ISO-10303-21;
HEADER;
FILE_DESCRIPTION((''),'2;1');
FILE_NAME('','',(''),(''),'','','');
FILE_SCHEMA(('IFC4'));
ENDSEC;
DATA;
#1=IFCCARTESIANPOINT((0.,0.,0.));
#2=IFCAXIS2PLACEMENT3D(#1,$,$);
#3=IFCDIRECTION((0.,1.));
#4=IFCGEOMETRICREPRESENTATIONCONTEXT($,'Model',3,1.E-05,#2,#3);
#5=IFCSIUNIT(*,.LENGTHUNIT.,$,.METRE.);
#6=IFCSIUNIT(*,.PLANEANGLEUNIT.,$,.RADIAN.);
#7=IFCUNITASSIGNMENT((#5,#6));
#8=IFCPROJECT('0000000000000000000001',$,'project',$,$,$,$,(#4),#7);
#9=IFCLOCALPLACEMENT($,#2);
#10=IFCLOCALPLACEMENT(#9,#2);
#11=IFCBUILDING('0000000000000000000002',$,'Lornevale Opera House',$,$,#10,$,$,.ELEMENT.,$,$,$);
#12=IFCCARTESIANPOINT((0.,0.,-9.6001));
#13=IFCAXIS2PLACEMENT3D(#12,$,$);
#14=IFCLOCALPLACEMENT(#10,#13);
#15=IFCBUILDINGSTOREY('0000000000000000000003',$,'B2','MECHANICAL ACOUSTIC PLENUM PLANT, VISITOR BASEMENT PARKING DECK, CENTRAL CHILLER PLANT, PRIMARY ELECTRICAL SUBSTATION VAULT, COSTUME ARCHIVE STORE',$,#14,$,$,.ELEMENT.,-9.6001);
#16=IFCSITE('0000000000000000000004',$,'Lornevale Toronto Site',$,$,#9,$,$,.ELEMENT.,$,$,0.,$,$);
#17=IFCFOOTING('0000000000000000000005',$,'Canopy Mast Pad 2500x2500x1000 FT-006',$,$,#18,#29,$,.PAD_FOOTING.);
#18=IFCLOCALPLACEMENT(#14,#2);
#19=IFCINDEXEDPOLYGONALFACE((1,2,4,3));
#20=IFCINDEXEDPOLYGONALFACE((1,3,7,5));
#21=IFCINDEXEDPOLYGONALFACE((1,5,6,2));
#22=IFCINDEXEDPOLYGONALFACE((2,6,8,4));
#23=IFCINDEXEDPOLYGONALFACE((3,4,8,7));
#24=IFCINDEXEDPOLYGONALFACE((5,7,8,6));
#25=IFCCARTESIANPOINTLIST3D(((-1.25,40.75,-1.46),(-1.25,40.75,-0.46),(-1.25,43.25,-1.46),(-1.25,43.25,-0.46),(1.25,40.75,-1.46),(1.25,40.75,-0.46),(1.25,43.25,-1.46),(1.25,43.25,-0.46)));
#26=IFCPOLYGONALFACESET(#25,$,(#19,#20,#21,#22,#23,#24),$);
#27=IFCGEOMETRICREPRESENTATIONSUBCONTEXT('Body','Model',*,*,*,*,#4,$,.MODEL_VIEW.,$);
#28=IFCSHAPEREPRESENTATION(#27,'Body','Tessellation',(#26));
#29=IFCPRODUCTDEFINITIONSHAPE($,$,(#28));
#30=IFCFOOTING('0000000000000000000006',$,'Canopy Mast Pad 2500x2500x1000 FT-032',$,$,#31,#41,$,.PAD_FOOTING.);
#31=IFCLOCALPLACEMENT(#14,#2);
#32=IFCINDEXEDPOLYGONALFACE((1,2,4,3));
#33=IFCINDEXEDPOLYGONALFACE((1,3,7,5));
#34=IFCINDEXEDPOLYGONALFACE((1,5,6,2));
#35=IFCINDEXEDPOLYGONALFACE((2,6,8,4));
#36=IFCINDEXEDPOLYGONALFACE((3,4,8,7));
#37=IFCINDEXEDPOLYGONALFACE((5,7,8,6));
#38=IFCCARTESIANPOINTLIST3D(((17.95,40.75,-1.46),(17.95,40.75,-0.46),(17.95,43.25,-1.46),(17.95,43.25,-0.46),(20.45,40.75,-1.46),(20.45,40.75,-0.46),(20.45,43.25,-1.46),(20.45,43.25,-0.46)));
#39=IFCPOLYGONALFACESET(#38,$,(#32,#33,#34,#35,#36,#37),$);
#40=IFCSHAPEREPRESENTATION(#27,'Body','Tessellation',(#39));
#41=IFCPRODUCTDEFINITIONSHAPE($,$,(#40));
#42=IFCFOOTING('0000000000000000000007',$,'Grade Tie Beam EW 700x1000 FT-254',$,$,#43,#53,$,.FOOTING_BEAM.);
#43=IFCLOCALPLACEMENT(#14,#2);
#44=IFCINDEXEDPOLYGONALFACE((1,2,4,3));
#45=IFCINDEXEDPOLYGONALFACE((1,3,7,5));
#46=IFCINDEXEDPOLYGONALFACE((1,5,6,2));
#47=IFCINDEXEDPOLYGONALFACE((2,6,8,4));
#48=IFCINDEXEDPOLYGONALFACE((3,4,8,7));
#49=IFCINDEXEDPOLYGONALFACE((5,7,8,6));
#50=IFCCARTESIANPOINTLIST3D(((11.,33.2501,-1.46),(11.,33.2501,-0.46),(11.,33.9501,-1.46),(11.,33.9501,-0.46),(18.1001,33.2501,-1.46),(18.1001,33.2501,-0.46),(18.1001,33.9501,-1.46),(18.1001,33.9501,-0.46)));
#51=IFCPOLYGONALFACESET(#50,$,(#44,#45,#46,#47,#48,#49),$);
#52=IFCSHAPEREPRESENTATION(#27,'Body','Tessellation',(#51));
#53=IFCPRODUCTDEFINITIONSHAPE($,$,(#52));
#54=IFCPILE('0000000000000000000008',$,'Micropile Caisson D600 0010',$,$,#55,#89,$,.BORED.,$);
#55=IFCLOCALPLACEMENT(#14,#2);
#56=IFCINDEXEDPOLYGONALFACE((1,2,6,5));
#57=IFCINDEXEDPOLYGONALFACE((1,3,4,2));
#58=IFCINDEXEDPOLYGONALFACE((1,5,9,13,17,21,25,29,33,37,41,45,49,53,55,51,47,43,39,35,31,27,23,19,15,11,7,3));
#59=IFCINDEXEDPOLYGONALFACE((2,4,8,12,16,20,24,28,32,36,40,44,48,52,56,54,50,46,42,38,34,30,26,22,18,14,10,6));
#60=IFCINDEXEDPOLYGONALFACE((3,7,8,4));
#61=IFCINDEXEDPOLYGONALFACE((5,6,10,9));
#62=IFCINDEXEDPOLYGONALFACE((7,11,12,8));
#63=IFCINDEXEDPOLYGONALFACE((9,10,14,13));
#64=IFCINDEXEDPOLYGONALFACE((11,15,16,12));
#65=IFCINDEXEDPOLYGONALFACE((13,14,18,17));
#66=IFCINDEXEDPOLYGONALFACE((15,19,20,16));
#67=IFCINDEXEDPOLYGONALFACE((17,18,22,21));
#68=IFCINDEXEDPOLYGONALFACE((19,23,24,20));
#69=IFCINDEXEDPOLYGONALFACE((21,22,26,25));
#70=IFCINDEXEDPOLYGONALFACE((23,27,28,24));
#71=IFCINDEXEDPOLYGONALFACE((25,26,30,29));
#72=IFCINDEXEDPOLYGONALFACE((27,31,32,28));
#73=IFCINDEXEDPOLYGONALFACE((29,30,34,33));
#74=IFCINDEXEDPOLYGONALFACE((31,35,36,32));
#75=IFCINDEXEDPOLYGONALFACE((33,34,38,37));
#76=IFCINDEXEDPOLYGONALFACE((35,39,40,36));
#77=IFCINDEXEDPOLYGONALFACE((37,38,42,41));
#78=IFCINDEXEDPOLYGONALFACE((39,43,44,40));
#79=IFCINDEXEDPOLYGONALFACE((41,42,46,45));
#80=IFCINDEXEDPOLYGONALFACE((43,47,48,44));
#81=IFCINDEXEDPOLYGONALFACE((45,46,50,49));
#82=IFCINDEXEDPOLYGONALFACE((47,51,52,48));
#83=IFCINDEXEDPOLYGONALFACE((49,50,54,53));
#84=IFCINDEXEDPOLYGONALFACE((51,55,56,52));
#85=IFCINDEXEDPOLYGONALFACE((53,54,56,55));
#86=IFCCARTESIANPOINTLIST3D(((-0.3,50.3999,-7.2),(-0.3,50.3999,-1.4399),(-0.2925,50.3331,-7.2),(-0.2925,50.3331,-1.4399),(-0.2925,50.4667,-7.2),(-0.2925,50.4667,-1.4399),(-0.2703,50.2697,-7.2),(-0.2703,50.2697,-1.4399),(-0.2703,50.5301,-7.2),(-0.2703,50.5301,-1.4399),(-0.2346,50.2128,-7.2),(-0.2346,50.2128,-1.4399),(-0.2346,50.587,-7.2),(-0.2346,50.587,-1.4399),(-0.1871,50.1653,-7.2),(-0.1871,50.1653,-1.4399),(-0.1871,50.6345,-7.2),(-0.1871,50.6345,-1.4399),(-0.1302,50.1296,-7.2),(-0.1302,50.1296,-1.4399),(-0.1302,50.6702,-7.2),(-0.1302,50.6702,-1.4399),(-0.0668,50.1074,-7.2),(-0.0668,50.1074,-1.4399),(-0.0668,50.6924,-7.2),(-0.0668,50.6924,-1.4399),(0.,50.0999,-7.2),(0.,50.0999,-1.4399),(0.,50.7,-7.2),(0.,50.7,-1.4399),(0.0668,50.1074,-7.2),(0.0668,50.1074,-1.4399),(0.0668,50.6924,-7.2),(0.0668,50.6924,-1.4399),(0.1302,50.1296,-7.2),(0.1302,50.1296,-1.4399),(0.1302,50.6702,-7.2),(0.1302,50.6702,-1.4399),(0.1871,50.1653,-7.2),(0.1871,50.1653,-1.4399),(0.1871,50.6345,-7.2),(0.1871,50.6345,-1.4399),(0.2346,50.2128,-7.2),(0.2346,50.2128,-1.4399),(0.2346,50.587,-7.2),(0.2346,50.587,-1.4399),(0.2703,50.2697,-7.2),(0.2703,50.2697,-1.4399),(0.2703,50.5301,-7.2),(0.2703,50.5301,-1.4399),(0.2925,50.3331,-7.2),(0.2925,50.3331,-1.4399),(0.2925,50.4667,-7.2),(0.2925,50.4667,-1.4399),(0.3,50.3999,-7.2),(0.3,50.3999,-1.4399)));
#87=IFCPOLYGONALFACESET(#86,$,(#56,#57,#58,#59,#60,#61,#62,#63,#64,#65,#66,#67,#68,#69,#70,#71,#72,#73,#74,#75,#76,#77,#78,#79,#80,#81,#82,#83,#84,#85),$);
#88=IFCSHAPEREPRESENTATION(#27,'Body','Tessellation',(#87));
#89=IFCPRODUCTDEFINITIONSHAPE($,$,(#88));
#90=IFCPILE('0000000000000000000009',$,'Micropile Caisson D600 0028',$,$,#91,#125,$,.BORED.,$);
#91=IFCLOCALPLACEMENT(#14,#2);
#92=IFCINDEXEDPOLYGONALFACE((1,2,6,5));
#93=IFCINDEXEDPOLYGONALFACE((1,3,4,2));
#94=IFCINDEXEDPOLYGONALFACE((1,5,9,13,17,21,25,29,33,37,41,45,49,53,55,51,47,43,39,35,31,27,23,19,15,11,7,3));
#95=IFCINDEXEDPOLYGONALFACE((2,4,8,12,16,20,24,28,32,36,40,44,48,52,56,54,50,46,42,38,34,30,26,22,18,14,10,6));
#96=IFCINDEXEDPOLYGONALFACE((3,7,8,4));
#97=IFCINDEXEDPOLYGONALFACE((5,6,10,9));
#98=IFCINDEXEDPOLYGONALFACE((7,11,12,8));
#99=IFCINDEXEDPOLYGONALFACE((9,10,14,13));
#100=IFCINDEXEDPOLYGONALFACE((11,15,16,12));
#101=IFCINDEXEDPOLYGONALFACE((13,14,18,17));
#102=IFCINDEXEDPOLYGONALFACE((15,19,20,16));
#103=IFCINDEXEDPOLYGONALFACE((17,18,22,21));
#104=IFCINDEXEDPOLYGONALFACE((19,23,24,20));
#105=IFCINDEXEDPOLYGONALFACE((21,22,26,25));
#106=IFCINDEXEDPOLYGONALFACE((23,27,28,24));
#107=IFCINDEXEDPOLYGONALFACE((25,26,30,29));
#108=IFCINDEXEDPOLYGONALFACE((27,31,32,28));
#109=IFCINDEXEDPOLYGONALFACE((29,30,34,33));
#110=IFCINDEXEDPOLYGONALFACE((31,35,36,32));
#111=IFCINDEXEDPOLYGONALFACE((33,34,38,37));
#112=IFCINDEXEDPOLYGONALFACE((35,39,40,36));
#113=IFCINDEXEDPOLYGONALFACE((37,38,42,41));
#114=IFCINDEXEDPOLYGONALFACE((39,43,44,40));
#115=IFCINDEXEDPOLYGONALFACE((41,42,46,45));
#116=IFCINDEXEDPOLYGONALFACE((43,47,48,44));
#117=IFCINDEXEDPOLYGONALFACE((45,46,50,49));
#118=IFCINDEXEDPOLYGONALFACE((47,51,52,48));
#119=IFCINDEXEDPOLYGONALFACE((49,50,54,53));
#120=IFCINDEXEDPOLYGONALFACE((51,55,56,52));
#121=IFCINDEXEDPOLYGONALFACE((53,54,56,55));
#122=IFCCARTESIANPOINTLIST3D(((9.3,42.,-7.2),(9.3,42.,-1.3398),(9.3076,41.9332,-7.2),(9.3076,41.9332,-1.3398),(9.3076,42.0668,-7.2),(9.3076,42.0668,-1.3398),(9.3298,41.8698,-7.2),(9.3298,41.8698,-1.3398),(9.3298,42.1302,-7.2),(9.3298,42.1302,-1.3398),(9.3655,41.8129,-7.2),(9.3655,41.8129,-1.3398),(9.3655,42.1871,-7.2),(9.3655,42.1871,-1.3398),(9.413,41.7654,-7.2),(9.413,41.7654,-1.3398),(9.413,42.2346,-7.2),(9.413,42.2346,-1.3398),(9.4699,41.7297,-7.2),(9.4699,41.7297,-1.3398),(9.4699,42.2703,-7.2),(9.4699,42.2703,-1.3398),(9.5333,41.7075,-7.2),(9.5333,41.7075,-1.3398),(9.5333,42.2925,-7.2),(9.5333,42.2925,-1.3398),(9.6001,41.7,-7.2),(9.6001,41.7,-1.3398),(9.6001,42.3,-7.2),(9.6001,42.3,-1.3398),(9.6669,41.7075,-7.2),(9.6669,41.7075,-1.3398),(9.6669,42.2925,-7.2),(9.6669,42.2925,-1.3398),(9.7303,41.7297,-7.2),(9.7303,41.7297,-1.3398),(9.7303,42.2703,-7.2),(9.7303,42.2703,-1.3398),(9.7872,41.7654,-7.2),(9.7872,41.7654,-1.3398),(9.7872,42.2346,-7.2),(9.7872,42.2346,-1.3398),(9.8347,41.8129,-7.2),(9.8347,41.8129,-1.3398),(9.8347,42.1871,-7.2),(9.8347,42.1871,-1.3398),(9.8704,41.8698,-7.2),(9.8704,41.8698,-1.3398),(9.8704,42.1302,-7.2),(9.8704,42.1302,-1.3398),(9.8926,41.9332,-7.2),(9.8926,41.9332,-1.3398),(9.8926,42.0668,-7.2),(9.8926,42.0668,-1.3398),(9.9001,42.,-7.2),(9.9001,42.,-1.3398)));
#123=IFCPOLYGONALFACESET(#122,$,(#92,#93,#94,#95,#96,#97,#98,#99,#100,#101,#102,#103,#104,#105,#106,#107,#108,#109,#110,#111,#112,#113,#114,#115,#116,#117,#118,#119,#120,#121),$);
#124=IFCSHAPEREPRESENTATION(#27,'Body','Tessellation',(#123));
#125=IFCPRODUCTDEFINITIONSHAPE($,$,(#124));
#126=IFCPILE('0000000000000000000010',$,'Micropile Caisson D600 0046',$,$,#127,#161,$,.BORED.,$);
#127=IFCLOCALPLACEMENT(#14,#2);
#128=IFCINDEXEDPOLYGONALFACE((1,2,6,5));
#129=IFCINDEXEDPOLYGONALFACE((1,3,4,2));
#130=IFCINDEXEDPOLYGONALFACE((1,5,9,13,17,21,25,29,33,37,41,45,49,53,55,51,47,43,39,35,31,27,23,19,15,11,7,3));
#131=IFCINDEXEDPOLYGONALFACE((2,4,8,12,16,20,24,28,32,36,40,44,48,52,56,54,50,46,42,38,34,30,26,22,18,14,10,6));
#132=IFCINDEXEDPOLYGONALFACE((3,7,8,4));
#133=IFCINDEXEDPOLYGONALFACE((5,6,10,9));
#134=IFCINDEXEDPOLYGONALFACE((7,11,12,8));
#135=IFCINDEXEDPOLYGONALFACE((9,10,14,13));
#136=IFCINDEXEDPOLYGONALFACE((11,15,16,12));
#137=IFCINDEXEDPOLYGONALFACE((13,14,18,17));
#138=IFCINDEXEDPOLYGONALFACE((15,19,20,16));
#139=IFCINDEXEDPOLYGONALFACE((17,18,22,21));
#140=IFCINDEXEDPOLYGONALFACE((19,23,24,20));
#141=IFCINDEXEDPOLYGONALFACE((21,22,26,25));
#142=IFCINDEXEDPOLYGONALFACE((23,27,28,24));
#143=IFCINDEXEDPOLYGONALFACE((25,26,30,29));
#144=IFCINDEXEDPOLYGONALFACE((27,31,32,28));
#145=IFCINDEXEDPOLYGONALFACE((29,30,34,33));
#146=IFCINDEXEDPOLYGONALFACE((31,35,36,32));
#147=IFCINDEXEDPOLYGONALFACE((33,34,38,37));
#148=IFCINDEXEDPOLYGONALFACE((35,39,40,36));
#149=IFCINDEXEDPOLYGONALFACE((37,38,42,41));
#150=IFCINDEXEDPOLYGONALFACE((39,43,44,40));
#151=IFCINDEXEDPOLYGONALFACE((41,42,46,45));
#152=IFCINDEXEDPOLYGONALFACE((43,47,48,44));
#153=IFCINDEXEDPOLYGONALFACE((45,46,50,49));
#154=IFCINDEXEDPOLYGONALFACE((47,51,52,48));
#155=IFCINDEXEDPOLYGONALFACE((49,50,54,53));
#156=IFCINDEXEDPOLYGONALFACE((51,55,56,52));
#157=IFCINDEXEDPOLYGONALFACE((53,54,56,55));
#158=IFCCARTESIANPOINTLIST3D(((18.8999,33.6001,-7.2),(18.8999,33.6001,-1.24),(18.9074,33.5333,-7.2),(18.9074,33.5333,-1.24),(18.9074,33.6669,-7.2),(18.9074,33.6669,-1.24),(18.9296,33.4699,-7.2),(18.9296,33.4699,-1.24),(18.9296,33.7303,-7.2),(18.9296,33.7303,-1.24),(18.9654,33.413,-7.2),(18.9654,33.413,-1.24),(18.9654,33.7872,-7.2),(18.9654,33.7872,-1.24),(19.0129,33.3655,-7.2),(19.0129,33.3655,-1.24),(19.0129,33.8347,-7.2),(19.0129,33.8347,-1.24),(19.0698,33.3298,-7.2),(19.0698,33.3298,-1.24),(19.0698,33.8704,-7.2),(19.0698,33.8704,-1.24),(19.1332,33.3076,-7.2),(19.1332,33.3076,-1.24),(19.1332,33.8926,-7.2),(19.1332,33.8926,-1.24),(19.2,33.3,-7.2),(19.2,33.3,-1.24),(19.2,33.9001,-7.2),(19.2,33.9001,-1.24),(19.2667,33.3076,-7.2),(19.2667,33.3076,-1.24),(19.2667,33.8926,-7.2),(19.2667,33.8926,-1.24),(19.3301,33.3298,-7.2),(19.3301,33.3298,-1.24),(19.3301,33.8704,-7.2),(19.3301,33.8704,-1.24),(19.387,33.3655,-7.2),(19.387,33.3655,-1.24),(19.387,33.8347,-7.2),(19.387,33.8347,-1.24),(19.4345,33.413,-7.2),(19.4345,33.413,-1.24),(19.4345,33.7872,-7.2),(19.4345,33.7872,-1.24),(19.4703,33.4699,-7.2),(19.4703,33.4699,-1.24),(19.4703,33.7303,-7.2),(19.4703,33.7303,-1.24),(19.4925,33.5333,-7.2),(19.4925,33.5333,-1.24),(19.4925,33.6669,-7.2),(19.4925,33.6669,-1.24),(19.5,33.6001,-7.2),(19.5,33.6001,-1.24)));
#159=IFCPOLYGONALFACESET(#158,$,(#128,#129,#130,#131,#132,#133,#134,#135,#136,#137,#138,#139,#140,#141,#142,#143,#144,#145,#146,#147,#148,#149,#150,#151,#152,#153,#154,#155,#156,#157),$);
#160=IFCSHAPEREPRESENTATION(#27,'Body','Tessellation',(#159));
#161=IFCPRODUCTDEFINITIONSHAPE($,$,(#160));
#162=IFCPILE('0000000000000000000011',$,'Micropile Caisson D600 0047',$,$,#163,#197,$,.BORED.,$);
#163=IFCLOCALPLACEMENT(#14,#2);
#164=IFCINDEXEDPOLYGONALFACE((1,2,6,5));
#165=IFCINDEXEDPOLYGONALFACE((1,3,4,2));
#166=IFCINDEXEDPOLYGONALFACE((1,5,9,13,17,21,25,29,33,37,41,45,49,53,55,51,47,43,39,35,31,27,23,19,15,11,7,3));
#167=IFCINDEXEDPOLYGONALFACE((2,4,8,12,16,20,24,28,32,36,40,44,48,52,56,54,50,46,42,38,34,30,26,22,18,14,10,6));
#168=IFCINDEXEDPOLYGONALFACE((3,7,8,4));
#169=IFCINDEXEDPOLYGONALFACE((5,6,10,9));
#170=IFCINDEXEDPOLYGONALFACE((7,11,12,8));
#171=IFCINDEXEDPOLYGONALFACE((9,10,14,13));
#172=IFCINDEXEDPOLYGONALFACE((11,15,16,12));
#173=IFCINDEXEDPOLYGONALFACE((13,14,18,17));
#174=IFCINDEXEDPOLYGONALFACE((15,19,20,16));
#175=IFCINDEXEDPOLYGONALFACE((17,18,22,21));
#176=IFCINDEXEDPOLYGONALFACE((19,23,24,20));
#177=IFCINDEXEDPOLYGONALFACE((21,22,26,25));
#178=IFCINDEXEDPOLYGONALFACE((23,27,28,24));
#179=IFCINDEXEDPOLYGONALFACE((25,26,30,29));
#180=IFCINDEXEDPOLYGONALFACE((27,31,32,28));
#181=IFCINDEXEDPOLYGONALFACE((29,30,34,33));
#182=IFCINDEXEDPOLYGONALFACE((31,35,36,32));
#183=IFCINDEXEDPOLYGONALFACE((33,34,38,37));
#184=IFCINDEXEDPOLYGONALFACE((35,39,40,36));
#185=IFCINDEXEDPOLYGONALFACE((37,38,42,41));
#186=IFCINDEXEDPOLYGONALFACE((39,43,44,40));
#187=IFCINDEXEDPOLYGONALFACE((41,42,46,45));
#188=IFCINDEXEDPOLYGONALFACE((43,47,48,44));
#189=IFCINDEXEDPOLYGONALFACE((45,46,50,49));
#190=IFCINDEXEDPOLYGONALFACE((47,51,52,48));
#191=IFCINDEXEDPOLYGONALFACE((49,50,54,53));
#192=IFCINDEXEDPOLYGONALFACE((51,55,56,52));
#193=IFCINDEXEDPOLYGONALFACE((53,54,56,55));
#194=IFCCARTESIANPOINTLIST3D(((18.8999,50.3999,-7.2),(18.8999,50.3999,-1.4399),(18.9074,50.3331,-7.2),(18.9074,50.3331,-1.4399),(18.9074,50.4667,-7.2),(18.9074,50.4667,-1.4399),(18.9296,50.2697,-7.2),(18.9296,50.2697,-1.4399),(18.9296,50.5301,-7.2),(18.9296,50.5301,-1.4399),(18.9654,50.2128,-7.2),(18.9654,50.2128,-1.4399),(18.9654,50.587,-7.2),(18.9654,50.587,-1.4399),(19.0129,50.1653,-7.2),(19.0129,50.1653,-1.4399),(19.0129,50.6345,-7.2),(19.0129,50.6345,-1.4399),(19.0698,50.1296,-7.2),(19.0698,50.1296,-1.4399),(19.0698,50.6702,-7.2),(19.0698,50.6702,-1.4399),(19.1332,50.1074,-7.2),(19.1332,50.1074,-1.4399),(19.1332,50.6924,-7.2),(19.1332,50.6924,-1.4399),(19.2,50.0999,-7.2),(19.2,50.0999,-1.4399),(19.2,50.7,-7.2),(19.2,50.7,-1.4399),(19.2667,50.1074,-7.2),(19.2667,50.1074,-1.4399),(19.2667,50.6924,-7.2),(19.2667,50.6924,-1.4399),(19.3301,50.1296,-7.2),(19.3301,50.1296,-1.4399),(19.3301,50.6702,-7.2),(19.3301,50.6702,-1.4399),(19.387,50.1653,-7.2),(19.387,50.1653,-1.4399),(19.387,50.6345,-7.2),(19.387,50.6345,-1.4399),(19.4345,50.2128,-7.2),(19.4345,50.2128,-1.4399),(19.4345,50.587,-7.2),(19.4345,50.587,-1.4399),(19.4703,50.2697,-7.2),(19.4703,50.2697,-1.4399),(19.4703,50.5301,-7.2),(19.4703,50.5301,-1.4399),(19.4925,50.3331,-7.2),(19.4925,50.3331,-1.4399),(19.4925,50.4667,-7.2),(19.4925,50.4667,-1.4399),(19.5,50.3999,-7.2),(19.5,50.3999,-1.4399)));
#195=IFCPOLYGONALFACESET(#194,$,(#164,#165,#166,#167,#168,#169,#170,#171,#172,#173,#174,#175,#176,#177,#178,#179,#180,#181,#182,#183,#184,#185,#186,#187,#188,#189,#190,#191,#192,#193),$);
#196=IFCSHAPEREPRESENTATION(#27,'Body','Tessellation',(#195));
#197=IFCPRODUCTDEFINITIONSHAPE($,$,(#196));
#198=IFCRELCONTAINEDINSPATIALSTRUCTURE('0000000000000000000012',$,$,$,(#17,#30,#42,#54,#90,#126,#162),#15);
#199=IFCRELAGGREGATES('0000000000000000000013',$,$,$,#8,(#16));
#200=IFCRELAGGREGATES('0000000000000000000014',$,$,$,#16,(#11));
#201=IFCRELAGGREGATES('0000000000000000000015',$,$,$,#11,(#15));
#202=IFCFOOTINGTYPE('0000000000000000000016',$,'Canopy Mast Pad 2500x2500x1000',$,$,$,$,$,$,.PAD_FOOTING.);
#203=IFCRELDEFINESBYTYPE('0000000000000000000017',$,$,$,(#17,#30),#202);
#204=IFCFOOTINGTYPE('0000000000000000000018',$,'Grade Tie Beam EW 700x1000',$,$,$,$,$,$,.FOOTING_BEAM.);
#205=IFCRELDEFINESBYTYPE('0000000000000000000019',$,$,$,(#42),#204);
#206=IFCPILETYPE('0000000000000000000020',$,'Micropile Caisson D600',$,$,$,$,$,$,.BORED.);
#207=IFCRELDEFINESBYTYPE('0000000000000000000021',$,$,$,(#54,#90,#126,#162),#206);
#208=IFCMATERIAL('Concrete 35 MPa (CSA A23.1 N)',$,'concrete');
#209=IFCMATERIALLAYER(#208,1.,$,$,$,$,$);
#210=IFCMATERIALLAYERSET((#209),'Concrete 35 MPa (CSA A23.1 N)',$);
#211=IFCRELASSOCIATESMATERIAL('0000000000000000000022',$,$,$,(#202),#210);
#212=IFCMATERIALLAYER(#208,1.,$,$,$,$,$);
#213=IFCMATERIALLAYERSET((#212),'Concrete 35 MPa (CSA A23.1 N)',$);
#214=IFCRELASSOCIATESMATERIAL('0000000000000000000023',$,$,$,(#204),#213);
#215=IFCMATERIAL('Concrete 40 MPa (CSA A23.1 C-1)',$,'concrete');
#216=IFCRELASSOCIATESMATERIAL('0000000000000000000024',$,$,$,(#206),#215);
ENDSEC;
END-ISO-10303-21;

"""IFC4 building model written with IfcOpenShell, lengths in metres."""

from ifc_helpers import new_model, si_unit, direction, frame, origin, origin_2d, place, context, subcontext, project, spatial, rectangle, circle, extrude, material, layer, layer_set, material_profile, profile_set, type_object, element, save


model = new_model("IFC4")

# Units and contexts
model_context = context("Model", 3, precision=1e-05, world=origin(), true_north=direction((0.0, 1.0)))
body_context = subcontext(model_context, "Body", "Model", "MODEL_VIEW")
ifc_project = project(units=[si_unit("LENGTHUNIT", "METRE"), si_unit("PLANEANGLEUNIT", "RADIAN")], contexts=[model_context])

# Site, building, storey
site_placement = place(None, origin())
site = spatial("IfcSite", under=ifc_project, at=site_placement, Name="Lornevale Toronto Site", CompositionType="ELEMENT", RefElevation=0.0)
building_placement = place(site_placement, origin())
building = spatial("IfcBuilding", under=site, at=building_placement, Name="Lornevale Opera House", CompositionType="ELEMENT")
storey_placement = place(building_placement, frame((0.0, 0.0, -9.6001)))
storey = spatial("IfcBuildingStorey", under=building, at=storey_placement, Name="B2", Description="MECHANICAL ACOUSTIC PLENUM PLANT, VISITOR BASEMENT PARKING DECK, CENTRAL CHILLER PLANT, PRIMARY ELECTRICAL SUBSTATION VAULT, COSTUME ARCHIVE STORE", CompositionType="ELEMENT", Elevation=-9.6001)

# Footings
ifc_material_1 = material(Name="Concrete 35 MPa (CSA A23.1 N)", Category="concrete")
ifc_layer_1 = layer(ifc_material_1, 1.0)
ifc_layer_set_1 = layer_set([ifc_layer_1], Name="Concrete 35 MPa (CSA A23.1 N)")
footing_type_1 = type_object("IfcFootingType", Name="Canopy Mast Pad 2500x2500x1000", PredefinedType="PAD_FOOTING", material=ifc_layer_set_1)
for number, where, z_axis, x_axis, name in (
    (1, (0.0, 42.0, -1.46), (0.0, 0.0, 1.0), (1.0, 0.0, 0.0), "Canopy Mast Pad 2500x2500x1000 FT-006"),
    (2, (19.2, 42.0, -1.46), (0.0, 0.0, 1.0), (1.0, 0.0, 0.0), "Canopy Mast Pad 2500x2500x1000 FT-032"),
):
    element("IfcFooting", number, at=place(storey_placement, frame(where, z_axis=z_axis, x_axis=x_axis)), inside=storey, type_object=footing_type_1, Name=name, PredefinedType="PAD_FOOTING", context=body_context, shape_type="SweptSolid", body=[
        extrude(rectangle(XDim=2.5, YDim=2.5, at=origin_2d()), origin(), (0.0, 0.0, 1.0), 1.0),
    ])
ifc_layer_2 = layer(ifc_material_1, 1.0)
ifc_layer_set_2 = layer_set([ifc_layer_2], Name="Concrete 35 MPa (CSA A23.1 N)")
footing_type_2 = type_object("IfcFootingType", Name="Grade Tie Beam EW 700x1000", PredefinedType="FOOTING_BEAM", material=ifc_layer_set_2)
footing_1_placement = place(storey_placement, frame((14.55, 33.6001, -1.46), z_axis=(0.0, 0.0, 1.0), x_axis=(1.0, 0.0, 0.0)))
element("IfcFooting", 3, at=footing_1_placement, inside=storey, type_object=footing_type_2, Name="Grade Tie Beam EW 700x1000 FT-254", PredefinedType="FOOTING_BEAM", context=body_context, shape_type="SweptSolid", body=[
    extrude(rectangle(XDim=7.1001, YDim=0.7, at=origin_2d()), origin(), (0.0, 0.0, 1.0), 1.0),
])

# Piles
ifc_material_2 = material(Name="Concrete 40 MPa (CSA A23.1 C-1)", Category="concrete")
ifc_material_profile_1 = material_profile(ifc_material_2, circle(Radius=0.3, at=origin_2d()), Name="CAIS600")
ifc_profile_set_1 = profile_set([ifc_material_profile_1], Name="Concrete 40 MPa (CSA A23.1 C-1)")
pile_type = type_object("IfcPileType", Name="Micropile Caisson D600", PredefinedType="BORED", material=ifc_profile_set_1)
pile_1_placement = place(storey_placement, frame((0.0, 50.3999, -1.4399), z_axis=(0.0, 0.0, -1.0), x_axis=(1.0, 0.0, 0.0)))
element("IfcPile", 4, at=pile_1_placement, inside=storey, type_object=pile_type, Name="Micropile Caisson D600 0010", PredefinedType="BORED", context=body_context, shape_type="SweptSolid", body=[
    extrude(circle(Radius=0.3, at=origin_2d()), origin(), (0.0, 0.0, 1.0), 5.76),
])
pile_2_placement = place(storey_placement, frame((9.6001, 42.0, -1.3398), z_axis=(0.0, 0.0, -1.0), x_axis=(1.0, 0.0, 0.0)))
element("IfcPile", 5, at=pile_2_placement, inside=storey, type_object=pile_type, Name="Micropile Caisson D600 0028", PredefinedType="BORED", context=body_context, shape_type="SweptSolid", body=[
    extrude(circle(Radius=0.3, at=origin_2d()), origin(), (0.0, 0.0, 1.0), 5.8601),
])
pile_3_placement = place(storey_placement, frame((19.2, 33.6001, -1.24), z_axis=(0.0, 0.0, -1.0), x_axis=(1.0, 0.0, 0.0)))
element("IfcPile", 6, at=pile_3_placement, inside=storey, type_object=pile_type, Name="Micropile Caisson D600 0046", PredefinedType="BORED", context=body_context, shape_type="SweptSolid", body=[
    extrude(circle(Radius=0.3, at=origin_2d()), origin(), (0.0, 0.0, 1.0), 5.96),
])
pile_4_placement = place(storey_placement, frame((19.2, 50.3999, -1.4399), z_axis=(0.0, 0.0, -1.0), x_axis=(1.0, 0.0, 0.0)))
element("IfcPile", 7, at=pile_4_placement, inside=storey, type_object=pile_type, Name="Micropile Caisson D600 0047", PredefinedType="BORED", context=body_context, shape_type="SweptSolid", body=[
    extrude(circle(Radius=0.3, at=origin_2d()), origin(), (0.0, 0.0, 1.0), 5.76),
])

save(model, "model.ifc")
